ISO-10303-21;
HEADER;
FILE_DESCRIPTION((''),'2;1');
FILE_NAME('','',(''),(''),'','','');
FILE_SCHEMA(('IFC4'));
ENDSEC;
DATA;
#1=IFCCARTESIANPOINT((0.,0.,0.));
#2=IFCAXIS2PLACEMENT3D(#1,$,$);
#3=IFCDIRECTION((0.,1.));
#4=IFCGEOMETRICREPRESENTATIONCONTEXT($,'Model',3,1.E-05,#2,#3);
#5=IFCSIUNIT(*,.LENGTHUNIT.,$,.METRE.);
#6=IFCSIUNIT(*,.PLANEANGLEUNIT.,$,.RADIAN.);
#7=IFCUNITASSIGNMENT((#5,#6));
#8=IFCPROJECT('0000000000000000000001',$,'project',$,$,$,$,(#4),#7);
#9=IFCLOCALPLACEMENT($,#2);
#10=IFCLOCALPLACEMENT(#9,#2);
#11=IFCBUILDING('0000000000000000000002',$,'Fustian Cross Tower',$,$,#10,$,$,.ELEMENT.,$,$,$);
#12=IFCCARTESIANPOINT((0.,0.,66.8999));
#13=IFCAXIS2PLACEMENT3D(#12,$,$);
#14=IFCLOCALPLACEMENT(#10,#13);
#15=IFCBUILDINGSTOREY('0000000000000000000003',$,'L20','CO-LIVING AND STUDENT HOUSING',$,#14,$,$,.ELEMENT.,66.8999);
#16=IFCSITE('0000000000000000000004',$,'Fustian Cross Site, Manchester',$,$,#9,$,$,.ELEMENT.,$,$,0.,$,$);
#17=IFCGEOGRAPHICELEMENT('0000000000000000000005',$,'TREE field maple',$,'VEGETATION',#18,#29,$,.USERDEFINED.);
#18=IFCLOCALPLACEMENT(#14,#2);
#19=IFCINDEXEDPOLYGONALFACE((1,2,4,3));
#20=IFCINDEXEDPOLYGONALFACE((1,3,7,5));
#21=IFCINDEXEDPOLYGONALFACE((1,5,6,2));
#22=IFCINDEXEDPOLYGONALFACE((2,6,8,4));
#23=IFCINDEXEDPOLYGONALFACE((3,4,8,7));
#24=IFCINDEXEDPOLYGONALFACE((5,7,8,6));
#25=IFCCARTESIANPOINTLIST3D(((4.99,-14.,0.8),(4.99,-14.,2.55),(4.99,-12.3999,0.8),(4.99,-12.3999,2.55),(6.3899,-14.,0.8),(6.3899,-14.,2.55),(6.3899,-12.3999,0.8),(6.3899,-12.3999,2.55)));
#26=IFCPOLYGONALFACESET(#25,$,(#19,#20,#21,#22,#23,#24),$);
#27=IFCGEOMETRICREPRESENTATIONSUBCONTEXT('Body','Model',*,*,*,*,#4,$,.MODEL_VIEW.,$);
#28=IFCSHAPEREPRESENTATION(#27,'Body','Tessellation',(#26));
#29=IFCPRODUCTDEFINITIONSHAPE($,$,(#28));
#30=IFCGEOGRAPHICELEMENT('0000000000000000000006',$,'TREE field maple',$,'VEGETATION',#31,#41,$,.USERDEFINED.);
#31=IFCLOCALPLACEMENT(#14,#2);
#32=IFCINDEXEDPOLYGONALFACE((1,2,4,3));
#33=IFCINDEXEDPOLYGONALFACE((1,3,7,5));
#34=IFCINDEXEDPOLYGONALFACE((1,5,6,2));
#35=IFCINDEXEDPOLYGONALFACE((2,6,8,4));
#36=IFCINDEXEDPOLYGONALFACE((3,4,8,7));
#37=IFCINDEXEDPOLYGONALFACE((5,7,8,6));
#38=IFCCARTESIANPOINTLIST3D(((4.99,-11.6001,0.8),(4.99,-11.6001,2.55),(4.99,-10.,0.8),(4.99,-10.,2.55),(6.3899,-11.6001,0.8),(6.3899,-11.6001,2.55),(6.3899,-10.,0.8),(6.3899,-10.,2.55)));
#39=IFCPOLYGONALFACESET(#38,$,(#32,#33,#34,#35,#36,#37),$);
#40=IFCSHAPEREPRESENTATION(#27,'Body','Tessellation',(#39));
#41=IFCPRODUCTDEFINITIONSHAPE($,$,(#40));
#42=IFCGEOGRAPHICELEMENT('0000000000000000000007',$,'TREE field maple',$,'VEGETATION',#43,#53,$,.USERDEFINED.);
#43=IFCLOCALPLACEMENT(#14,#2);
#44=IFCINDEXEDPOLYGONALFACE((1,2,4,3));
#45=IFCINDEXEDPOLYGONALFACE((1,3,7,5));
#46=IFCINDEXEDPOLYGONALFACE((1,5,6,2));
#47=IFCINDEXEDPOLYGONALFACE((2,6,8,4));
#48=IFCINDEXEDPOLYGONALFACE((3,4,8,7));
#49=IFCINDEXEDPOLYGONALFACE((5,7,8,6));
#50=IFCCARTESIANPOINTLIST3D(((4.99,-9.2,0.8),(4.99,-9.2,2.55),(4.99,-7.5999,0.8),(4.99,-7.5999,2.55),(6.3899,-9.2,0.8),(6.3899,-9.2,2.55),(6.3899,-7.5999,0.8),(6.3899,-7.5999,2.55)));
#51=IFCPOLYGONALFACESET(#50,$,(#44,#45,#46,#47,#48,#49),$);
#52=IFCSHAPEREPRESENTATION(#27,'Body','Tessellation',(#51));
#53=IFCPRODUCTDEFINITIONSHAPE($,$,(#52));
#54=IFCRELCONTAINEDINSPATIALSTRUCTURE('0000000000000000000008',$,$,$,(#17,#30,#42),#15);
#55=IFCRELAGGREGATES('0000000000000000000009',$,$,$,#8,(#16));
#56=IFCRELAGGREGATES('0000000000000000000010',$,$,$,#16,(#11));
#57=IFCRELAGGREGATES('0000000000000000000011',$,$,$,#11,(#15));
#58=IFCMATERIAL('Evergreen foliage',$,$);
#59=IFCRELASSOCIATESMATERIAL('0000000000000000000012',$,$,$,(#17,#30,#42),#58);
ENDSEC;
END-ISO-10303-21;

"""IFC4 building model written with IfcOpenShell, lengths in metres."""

from ifc_helpers import new_model, si_unit, direction, frame, origin, origin_2d, place, context, subcontext, project, spatial, rectangle, extrude, material, element, save


model = new_model("IFC4")

# Units and contexts
model_context = context("Model", 3, precision=1e-05, world=origin(), true_north=direction((0.0, 1.0)))
body_context = subcontext(model_context, "Body", "Model", "MODEL_VIEW")
ifc_project = project(units=[si_unit("LENGTHUNIT", "METRE"), si_unit("PLANEANGLEUNIT", "RADIAN")], contexts=[model_context])

# Site, building, storey
site_placement = place(None, origin())
site = spatial("IfcSite", under=ifc_project, at=site_placement, Name="Fustian Cross Site, Manchester", CompositionType="ELEMENT", RefElevation=0.0)
building_placement = place(site_placement, origin())
building = spatial("IfcBuilding", under=site, at=building_placement, Name="Fustian Cross Tower", CompositionType="ELEMENT")
storey_placement = place(building_placement, frame((0.0, 0.0, 66.8999)))
storey = spatial("IfcBuildingStorey", under=building, at=storey_placement, Name="L20", Description="CO-LIVING AND STUDENT HOUSING", CompositionType="ELEMENT", Elevation=66.8999)

# Geographic elements
ifc_material_1 = material(Name="Evergreen foliage")
for number, where, z_axis, x_axis, name in (
    (1, (5.6899, -13.2, 0.8), (0.0, 0.0, 1.0), (1.0, 0.0, 0.0), "TREE field maple"),
    (2, (5.6899, -10.8, 0.8), (0.0, 0.0, 1.0), (1.0, 0.0, 0.0), "TREE field maple"),
    (3, (5.6899, -8.3999, 0.8), (0.0, 0.0, 1.0), (1.0, 0.0, 0.0), "TREE field maple"),
):
    element("IfcGeographicElement", number, at=place(storey_placement, frame(where, z_axis=z_axis, x_axis=x_axis)), inside=storey, material=ifc_material_1, Name=name, ObjectType="VEGETATION", PredefinedType="USERDEFINED", context=body_context, shape_type="SweptSolid", body=[
        extrude(rectangle(XDim=1.3999, YDim=1.6001, at=origin_2d()), origin(), (0.0, 0.0, 1.0), 1.75),
    ])

save(model, "model.ifc")
